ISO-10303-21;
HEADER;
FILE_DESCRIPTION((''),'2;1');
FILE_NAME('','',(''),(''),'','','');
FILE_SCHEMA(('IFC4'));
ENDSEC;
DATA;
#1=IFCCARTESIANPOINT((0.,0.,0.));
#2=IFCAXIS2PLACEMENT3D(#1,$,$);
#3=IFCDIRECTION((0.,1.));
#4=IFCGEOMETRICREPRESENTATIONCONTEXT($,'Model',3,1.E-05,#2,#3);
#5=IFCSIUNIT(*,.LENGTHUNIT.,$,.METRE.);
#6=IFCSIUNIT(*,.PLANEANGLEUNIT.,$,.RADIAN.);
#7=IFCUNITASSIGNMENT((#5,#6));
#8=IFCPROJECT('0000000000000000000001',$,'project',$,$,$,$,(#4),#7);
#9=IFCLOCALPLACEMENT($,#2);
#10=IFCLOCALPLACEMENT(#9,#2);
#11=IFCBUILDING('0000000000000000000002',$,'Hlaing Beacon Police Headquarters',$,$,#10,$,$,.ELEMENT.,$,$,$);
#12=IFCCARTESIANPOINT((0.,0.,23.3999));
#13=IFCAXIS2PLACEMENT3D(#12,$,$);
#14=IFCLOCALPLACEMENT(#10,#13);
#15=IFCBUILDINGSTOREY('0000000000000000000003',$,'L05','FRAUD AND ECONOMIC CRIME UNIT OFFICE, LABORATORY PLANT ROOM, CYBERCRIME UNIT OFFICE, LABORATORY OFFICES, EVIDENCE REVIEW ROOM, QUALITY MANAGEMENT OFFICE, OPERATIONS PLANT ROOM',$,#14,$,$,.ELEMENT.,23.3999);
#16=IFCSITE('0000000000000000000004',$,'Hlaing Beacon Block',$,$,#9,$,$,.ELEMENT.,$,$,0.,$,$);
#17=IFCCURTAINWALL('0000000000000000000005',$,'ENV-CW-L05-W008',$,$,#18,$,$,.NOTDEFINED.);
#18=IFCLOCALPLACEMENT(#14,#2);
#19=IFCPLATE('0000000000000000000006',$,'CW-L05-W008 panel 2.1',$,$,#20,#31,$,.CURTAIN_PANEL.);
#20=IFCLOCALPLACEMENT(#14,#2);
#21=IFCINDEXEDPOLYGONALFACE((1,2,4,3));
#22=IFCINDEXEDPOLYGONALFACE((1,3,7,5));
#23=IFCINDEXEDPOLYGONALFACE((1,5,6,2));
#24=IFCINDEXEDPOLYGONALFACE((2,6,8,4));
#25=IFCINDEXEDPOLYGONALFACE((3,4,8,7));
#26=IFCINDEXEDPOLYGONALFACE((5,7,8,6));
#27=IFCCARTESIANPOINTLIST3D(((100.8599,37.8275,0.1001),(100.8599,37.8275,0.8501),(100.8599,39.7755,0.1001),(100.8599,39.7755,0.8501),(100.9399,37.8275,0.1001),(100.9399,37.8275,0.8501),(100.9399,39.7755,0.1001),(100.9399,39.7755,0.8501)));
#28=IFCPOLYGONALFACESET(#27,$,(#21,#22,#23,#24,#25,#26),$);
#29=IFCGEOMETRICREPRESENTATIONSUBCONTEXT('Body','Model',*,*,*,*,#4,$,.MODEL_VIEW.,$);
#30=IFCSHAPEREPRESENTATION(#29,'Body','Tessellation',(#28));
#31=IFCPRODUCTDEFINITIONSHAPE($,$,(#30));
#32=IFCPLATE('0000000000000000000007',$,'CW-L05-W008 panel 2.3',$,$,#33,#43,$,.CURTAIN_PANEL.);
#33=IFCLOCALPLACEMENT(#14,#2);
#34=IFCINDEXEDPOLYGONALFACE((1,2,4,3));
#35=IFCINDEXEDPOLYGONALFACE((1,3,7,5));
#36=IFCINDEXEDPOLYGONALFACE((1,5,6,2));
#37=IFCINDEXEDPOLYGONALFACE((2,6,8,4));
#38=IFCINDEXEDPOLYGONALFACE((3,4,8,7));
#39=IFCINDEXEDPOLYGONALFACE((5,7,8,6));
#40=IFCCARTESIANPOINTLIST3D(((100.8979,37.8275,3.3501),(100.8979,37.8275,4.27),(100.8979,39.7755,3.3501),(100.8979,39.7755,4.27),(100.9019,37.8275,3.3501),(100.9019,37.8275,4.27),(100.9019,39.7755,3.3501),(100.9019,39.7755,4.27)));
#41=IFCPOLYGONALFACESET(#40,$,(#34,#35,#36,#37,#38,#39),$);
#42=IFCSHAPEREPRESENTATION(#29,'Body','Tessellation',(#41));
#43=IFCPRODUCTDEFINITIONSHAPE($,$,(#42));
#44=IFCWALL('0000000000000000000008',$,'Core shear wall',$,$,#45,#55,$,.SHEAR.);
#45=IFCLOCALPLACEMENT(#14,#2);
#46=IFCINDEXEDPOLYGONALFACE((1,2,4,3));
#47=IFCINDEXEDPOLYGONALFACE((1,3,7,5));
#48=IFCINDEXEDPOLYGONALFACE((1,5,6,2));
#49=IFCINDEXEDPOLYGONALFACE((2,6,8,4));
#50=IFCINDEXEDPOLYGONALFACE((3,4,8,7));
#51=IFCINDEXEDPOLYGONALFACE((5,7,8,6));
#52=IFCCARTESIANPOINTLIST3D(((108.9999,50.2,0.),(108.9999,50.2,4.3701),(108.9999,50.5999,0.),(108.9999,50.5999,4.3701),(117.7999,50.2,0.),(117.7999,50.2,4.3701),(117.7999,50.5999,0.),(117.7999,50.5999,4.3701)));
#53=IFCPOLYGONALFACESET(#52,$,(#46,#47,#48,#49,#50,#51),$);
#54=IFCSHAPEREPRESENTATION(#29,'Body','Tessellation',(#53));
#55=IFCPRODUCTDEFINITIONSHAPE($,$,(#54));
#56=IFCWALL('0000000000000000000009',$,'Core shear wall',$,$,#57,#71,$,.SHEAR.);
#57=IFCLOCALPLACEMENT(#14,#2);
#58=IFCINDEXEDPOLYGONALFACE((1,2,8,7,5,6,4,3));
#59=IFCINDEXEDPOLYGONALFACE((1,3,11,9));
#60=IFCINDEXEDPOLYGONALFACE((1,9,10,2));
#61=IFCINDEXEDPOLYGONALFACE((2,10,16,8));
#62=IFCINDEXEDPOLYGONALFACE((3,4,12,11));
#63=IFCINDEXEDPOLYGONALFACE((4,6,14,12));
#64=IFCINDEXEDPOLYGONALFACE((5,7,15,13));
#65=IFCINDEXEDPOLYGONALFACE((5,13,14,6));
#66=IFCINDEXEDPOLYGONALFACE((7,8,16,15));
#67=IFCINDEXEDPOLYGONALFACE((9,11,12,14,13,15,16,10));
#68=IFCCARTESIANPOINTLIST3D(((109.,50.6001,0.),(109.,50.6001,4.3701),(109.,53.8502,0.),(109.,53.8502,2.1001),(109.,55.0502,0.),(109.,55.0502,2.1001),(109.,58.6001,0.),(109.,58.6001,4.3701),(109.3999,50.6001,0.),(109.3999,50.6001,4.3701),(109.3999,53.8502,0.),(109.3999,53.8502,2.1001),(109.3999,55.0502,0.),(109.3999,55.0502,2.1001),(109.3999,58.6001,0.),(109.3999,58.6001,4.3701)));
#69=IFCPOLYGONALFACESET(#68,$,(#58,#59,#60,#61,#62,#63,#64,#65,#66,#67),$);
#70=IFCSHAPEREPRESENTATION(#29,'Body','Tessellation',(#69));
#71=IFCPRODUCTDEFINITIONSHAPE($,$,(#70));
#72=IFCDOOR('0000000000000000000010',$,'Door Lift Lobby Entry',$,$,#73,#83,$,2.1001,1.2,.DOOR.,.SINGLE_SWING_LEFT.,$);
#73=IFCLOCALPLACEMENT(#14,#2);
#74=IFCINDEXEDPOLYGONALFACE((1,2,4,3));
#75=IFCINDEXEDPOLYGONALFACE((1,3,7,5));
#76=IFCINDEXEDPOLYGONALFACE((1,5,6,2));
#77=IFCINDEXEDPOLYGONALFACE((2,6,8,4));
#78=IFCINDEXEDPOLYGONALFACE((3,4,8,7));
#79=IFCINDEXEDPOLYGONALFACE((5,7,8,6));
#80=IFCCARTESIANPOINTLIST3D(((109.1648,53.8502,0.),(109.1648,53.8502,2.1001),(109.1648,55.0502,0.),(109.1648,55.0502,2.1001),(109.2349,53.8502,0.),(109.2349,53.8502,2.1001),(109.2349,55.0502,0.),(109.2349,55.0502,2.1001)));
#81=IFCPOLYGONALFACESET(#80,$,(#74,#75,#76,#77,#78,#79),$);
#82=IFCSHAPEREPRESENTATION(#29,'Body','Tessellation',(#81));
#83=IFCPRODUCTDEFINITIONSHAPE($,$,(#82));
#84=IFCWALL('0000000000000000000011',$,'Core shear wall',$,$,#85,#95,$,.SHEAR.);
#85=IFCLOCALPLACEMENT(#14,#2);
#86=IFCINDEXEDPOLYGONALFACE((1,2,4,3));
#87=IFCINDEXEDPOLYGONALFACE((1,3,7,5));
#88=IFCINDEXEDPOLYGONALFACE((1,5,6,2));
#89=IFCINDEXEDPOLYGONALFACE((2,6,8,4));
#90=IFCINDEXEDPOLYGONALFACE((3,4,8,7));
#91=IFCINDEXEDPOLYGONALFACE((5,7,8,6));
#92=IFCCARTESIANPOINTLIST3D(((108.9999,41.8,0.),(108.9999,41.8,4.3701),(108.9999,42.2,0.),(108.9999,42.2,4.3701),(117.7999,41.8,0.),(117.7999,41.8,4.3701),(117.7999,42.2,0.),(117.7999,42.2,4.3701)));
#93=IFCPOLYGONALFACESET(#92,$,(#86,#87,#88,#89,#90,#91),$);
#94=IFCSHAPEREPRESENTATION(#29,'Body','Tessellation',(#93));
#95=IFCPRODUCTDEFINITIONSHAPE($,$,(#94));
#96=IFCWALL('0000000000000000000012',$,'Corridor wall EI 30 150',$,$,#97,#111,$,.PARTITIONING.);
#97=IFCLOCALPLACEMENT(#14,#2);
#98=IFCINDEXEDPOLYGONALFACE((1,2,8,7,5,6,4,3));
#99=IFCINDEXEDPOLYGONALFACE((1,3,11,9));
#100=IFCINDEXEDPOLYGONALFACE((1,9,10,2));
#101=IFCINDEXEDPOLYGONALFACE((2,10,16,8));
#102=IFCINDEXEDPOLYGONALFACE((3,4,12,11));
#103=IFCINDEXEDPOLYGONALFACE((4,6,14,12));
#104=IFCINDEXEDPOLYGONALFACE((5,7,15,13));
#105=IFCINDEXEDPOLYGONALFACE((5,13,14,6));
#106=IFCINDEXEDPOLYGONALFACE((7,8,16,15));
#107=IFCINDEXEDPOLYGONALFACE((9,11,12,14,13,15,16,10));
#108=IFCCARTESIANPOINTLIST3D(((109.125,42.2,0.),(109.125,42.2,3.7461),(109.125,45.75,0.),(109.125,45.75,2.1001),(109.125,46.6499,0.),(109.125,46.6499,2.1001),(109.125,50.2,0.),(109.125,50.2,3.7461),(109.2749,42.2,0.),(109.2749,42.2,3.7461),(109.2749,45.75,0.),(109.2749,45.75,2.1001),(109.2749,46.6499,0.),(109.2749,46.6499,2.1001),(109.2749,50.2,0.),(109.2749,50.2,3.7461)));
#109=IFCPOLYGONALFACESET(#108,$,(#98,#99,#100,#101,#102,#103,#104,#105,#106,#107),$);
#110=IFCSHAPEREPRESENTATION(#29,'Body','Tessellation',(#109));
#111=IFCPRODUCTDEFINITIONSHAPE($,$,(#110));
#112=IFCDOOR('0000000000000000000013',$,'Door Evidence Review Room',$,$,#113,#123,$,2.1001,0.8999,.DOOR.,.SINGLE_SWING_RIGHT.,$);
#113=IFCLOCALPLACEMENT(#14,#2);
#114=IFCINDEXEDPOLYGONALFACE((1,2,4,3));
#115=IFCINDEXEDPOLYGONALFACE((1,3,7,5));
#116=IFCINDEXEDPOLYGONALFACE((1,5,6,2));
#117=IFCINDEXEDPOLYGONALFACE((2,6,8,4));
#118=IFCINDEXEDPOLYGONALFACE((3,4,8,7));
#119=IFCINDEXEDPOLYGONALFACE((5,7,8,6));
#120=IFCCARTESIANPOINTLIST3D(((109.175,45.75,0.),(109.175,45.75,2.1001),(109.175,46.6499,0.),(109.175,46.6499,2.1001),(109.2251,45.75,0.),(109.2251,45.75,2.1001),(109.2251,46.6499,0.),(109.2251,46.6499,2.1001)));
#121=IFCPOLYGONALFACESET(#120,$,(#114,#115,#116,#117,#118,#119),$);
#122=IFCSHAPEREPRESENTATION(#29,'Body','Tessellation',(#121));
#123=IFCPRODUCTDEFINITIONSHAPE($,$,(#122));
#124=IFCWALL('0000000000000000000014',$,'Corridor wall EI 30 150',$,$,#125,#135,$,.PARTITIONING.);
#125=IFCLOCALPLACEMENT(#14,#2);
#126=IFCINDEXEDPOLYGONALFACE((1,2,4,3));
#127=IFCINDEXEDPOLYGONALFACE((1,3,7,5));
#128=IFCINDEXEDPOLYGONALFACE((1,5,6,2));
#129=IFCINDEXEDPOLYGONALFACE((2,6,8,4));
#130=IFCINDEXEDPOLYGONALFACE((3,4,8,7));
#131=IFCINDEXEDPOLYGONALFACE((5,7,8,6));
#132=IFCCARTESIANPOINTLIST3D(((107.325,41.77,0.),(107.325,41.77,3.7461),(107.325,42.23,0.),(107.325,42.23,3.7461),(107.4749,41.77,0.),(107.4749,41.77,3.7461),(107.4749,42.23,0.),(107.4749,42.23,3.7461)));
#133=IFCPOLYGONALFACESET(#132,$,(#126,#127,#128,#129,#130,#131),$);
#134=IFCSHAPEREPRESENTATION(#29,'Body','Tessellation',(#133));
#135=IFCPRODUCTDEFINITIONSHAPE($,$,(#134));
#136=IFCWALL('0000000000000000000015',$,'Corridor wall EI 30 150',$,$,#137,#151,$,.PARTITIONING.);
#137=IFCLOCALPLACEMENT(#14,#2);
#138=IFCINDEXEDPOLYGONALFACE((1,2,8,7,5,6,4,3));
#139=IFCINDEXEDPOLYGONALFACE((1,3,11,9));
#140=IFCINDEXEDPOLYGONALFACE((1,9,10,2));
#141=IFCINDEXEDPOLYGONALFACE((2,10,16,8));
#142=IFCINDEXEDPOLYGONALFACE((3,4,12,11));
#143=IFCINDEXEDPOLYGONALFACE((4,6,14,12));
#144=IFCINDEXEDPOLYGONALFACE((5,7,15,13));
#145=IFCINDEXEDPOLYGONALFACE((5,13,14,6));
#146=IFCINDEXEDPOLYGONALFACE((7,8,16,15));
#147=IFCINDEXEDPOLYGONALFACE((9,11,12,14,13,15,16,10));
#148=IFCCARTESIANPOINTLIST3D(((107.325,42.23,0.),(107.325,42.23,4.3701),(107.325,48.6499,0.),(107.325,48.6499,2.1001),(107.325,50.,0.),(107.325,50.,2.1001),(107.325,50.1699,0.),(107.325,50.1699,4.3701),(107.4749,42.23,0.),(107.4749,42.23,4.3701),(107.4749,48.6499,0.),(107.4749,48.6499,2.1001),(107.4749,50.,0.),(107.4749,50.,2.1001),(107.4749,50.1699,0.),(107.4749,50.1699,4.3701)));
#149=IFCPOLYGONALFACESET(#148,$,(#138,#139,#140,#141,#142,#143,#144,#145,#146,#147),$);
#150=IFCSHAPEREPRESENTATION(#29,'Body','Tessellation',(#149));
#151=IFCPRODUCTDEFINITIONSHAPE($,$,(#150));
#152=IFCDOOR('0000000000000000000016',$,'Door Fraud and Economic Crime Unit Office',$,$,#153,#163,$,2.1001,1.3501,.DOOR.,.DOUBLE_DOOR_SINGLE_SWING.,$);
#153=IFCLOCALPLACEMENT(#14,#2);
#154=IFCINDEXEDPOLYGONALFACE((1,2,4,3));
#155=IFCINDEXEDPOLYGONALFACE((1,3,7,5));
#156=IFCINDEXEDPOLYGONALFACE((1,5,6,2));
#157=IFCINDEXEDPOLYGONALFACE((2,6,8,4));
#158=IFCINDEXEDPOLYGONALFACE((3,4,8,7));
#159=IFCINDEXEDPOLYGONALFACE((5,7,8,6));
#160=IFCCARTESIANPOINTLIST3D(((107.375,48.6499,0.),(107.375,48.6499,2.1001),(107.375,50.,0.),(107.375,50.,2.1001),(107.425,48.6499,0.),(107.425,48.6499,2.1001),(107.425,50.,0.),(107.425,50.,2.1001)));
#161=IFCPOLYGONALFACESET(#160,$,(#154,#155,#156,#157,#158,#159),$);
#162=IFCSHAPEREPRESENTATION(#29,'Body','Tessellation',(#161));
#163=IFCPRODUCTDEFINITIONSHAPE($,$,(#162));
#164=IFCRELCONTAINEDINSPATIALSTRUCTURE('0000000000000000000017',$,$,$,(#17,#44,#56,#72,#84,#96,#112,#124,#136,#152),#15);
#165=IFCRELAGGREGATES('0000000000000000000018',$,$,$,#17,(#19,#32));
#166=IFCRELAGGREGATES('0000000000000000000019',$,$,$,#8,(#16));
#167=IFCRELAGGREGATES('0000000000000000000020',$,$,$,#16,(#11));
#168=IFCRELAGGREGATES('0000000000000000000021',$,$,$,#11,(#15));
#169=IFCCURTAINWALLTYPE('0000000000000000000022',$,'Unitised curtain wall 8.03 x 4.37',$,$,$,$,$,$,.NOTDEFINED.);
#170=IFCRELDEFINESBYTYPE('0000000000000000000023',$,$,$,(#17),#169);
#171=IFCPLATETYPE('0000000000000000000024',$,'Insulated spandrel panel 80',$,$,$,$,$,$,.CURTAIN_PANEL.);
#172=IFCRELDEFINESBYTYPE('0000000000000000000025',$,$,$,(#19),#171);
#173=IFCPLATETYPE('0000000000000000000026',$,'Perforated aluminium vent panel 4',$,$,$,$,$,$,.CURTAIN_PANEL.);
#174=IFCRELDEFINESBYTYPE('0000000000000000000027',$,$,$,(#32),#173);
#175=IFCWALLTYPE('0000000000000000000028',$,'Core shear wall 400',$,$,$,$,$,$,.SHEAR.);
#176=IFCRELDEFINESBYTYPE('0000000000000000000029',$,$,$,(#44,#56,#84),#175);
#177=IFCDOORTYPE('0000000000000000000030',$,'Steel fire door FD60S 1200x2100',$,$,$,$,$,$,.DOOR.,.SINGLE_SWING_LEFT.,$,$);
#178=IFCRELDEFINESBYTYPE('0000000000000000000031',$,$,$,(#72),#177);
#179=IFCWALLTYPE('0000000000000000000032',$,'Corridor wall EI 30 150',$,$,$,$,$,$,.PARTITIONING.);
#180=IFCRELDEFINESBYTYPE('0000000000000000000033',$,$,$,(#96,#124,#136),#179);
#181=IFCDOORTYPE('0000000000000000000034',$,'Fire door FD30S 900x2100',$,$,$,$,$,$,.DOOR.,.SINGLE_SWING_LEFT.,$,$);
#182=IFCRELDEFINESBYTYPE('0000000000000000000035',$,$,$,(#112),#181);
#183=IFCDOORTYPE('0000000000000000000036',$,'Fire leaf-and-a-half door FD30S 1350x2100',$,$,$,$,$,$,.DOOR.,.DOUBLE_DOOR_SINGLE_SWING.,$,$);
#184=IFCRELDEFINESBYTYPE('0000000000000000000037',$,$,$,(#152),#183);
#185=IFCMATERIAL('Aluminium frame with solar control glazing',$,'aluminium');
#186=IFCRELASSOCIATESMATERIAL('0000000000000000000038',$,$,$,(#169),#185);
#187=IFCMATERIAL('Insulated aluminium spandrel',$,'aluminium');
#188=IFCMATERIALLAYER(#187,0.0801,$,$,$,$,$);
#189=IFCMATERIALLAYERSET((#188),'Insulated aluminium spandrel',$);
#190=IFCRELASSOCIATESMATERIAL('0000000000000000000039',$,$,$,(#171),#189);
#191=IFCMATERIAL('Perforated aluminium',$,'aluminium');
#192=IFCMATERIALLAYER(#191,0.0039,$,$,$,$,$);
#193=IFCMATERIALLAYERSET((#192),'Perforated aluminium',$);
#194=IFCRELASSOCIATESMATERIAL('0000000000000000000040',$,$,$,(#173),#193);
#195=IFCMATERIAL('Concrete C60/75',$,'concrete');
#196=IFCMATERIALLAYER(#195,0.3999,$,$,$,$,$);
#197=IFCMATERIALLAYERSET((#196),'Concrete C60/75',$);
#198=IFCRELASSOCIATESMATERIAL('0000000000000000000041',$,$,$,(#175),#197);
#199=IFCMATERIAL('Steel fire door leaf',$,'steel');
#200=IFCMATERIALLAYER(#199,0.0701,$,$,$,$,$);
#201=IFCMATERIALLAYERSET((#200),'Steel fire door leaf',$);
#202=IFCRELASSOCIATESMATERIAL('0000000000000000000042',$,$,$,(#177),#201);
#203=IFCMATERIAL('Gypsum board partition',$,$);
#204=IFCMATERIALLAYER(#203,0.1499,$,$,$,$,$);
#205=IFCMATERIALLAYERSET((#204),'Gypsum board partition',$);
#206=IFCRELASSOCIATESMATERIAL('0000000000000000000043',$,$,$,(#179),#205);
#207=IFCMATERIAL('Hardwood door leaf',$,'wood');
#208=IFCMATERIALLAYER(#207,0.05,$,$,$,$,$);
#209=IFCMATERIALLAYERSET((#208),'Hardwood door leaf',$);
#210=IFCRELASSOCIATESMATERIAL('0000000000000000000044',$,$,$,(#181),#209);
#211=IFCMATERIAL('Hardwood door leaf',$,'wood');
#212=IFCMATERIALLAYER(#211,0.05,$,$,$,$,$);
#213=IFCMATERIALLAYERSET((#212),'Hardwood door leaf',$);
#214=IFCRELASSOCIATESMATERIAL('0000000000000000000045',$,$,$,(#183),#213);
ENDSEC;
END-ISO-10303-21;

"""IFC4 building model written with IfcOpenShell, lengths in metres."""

from ifc_helpers import new_model, si_unit, direction, frame, frame_2d, origin, origin_2d, place, context, subcontext, project, spatial, rectangle, extrude, material, layer, layer_set, type_object, element, fill, aggregate, save


model = new_model("IFC4")

# Units and contexts
model_context = context("Model", 3, precision=1e-05, world=origin(), true_north=direction((0.0, 1.0)))
body_context = subcontext(model_context, "Body", "Model", "MODEL_VIEW")
ifc_project = project(units=[si_unit("LENGTHUNIT", "METRE"), si_unit("PLANEANGLEUNIT", "RADIAN")], contexts=[model_context])

# Site, building, storey
site_placement = place(None, origin())
site = spatial("IfcSite", under=ifc_project, at=site_placement, Name="Hlaing Beacon Block", CompositionType="ELEMENT", RefElevation=0.0)
building_placement = place(site_placement, origin())
building = spatial("IfcBuilding", under=site, at=building_placement, Name="Hlaing Beacon Police Headquarters", CompositionType="ELEMENT")
storey_placement = place(building_placement, frame((0.0, 0.0, 23.3999)))
storey = spatial("IfcBuildingStorey", under=building, at=storey_placement, Name="L05", Description="FRAUD AND ECONOMIC CRIME UNIT OFFICE, LABORATORY PLANT ROOM, CYBERCRIME UNIT OFFICE, LABORATORY OFFICES, EVIDENCE REVIEW ROOM, QUALITY MANAGEMENT OFFICE, OPERATIONS PLANT ROOM", CompositionType="ELEMENT", Elevation=23.3999)

# Curtain wall, plates
ifc_material_1 = material(Name="Aluminium frame with solar control glazing", Category="aluminium")
curtain_wall_type = type_object("IfcCurtainWallType", Name="Unitised curtain wall 8.03 x 4.37", PredefinedType="NOTDEFINED", material=ifc_material_1)
curtain_wall_placement = place(storey_placement, origin())
curtain_wall = element("IfcCurtainWall", 1, at=curtain_wall_placement, inside=storey, type_object=curtain_wall_type, Name="ENV-CW-L05-W008", PredefinedType="NOTDEFINED")
ifc_material_2 = material(Name="Insulated aluminium spandrel", Category="aluminium")
ifc_layer_1 = layer(ifc_material_2, 0.0801)
ifc_layer_set_1 = layer_set([ifc_layer_1], Name="Insulated aluminium spandrel")
plate_type_1 = type_object("IfcPlateType", Name="Insulated spandrel panel 80", PredefinedType="CURTAIN_PANEL", material=ifc_layer_set_1)
plate_1_placement = place(storey_placement, frame((100.8999, 38.8015, 0.1001), z_axis=(0.0, 0.0, 1.0), x_axis=(0.0, -1.0, 0.0)))
plate_1 = element("IfcPlate", 2, at=plate_1_placement, type_object=plate_type_1, Name="CW-L05-W008 panel 2.1", PredefinedType="CURTAIN_PANEL", context=body_context, shape_type="SweptSolid", body=[
    extrude(rectangle(XDim=1.948, YDim=0.0801, at=origin_2d()), origin(), (0.0, 0.0, 1.0), 0.75),
])
ifc_material_3 = material(Name="Perforated aluminium", Category="aluminium")
ifc_layer_2 = layer(ifc_material_3, 0.0039)
ifc_layer_set_2 = layer_set([ifc_layer_2], Name="Perforated aluminium")
plate_type_2 = type_object("IfcPlateType", Name="Perforated aluminium vent panel 4", PredefinedType="CURTAIN_PANEL", material=ifc_layer_set_2)
plate_2_placement = place(storey_placement, frame((100.8999, 38.8015, 3.3501), z_axis=(0.0, 0.0, 1.0), x_axis=(0.0, -1.0, 0.0)))
plate_2 = element("IfcPlate", 3, at=plate_2_placement, type_object=plate_type_2, Name="CW-L05-W008 panel 2.3", PredefinedType="CURTAIN_PANEL", context=body_context, shape_type="SweptSolid", body=[
    extrude(rectangle(XDim=1.948, YDim=0.0039, at=origin_2d()), origin(), (0.0, 0.0, 1.0), 0.9199),
])
aggregate(curtain_wall, [plate_1, plate_2])

# Wall
ifc_material_4 = material(Name="Concrete C60/75", Category="concrete")
ifc_layer_3 = layer(ifc_material_4, 0.3999)
ifc_layer_set_3 = layer_set([ifc_layer_3], Name="Concrete C60/75")
wall_type_1 = type_object("IfcWallType", Name="Core shear wall 400", PredefinedType="SHEAR", material=ifc_layer_set_3)
wall_1_placement = place(storey_placement, frame((109.0, 50.3999, 0.0), z_axis=(0.0, 0.0, 1.0), x_axis=(1.0, 0.0, 0.0)))
element("IfcWall", 4, at=wall_1_placement, inside=storey, type_object=wall_type_1, Name="Core shear wall", PredefinedType="SHEAR", context=body_context, shape_type="SweptSolid", body=[
    extrude(rectangle(XDim=8.8, YDim=0.3999, at=frame_2d((4.3999, 0.0))), origin(), (0.0, 0.0, 1.0), 4.3701),
])

# Wall, opening, door
wall_2_placement = place(storey_placement, frame((109.2, 50.6001, 0.0), z_axis=(0.0, 0.0, 1.0), x_axis=(0.0, 1.0, 0.0)))
wall_2 = element("IfcWall", 5, at=wall_2_placement, inside=storey, type_object=wall_type_1, Name="Core shear wall", PredefinedType="SHEAR", context=body_context, shape_type="SweptSolid", body=[
    extrude(rectangle(XDim=8.0, YDim=0.3999, at=frame_2d((4.0, 0.0))), origin(), (0.0, 0.0, 1.0), 4.3701),
])
opening_1_placement = place(wall_2_placement, frame((3.25, 0.0, 0.0)))
opening_1 = element("IfcOpeningElement", 6, at=opening_1_placement, cuts=wall_2, PredefinedType="OPENING", context=body_context, shape_type="SweptSolid", body=[
    extrude(rectangle(XDim=1.2, YDim=2.1001, at=frame_2d((0.6001, 1.05))), frame((0.0, 0.21, 0.0), z_axis=(0.0, -1.0, 0.0), x_axis=(1.0, 0.0, 0.0)), (0.0, 0.0, 1.0), 0.4199),
])
ifc_material_5 = material(Name="Steel fire door leaf", Category="steel")
ifc_layer_4 = layer(ifc_material_5, 0.0701)
ifc_layer_set_4 = layer_set([ifc_layer_4], Name="Steel fire door leaf")
door_type_1 = type_object("IfcDoorType", Name="Steel fire door FD60S 1200x2100", OperationType="SINGLE_SWING_LEFT", PredefinedType="DOOR", material=ifc_layer_set_4)
door_1_placement = place(opening_1_placement, frame((1.2, 0.0, 0.0), z_axis=(0.0, 0.0, 1.0), x_axis=(-1.0, 0.0, 0.0)))
door_1 = element("IfcDoor", 7, at=door_1_placement, inside=storey, type_object=door_type_1, Name="Door Lift Lobby Entry", OperationType="SINGLE_SWING_LEFT", OverallHeight=2.1001, OverallWidth=1.2, PredefinedType="DOOR", context=body_context, shape_type="SweptSolid", body=[
    extrude(rectangle(XDim=1.2, YDim=2.1001, at=frame_2d((0.5999, 1.05))), frame((0.0, 0.0349, 0.0), z_axis=(0.0, -1.0, 0.0), x_axis=(1.0, 0.0, 0.0)), (0.0, 0.0, 1.0), 0.0701),
])
fill(opening_1, door_1)

# Wall
wall_3_placement = place(storey_placement, frame((109.0, 42.0, 0.0), z_axis=(0.0, 0.0, 1.0), x_axis=(1.0, 0.0, 0.0)))
element("IfcWall", 8, at=wall_3_placement, inside=storey, type_object=wall_type_1, Name="Core shear wall", PredefinedType="SHEAR", context=body_context, shape_type="SweptSolid", body=[
    extrude(rectangle(XDim=8.8, YDim=0.3999, at=frame_2d((4.3999, 0.0))), origin(), (0.0, 0.0, 1.0), 4.3701),
])

# Wall, opening, door
ifc_material_6 = material(Name="Gypsum board partition")
ifc_layer_5 = layer(ifc_material_6, 0.1499)
ifc_layer_set_5 = layer_set([ifc_layer_5], Name="Gypsum board partition")
wall_type_2 = type_object("IfcWallType", Name="Corridor wall EI 30 150", PredefinedType="PARTITIONING", material=ifc_layer_set_5)
wall_4_placement = place(storey_placement, frame((109.2, 42.2, 0.0), z_axis=(0.0, 0.0, 1.0), x_axis=(0.0, 1.0, 0.0)))
wall_4 = element("IfcWall", 9, at=wall_4_placement, inside=storey, type_object=wall_type_2, Name="Corridor wall EI 30 150", PredefinedType="PARTITIONING", context=body_context, shape_type="SweptSolid", body=[
    extrude(rectangle(XDim=8.0, YDim=0.1499, at=frame_2d((4.0, 0.0))), origin(), (0.0, 0.0, 1.0), 3.7461),
])
opening_2_placement = place(wall_4_placement, frame((3.55, 0.0, 0.0)))
opening_2 = element("IfcOpeningElement", 10, at=opening_2_placement, cuts=wall_4, PredefinedType="OPENING", context=body_context, shape_type="SweptSolid", body=[
    extrude(rectangle(XDim=0.8999, YDim=2.1001, at=frame_2d((0.45, 1.05))), frame((0.0, 0.085, 0.0), z_axis=(0.0, -1.0, 0.0), x_axis=(1.0, 0.0, 0.0)), (0.0, 0.0, 1.0), 0.1699),
])
ifc_material_7 = material(Name="Hardwood door leaf", Category="wood")
ifc_layer_6 = layer(ifc_material_7, 0.05)
ifc_layer_set_6 = layer_set([ifc_layer_6], Name="Hardwood door leaf")
door_type_2 = type_object("IfcDoorType", Name="Fire door FD30S 900x2100", OperationType="SINGLE_SWING_LEFT", PredefinedType="DOOR", material=ifc_layer_set_6)
door_2_placement = place(opening_2_placement, frame((0.8999, 0.0, 0.0), z_axis=(0.0, 0.0, 1.0), x_axis=(-1.0, 0.0, 0.0)))
door_2 = element("IfcDoor", 11, at=door_2_placement, inside=storey, type_object=door_type_2, Name="Door Evidence Review Room", OperationType="SINGLE_SWING_RIGHT", OverallHeight=2.1001, OverallWidth=0.8999, PredefinedType="DOOR", context=body_context, shape_type="SweptSolid", body=[
    extrude(rectangle(XDim=0.8999, YDim=2.1001, at=frame_2d((0.45, 1.05))), frame((0.0, 0.0251, 0.0), z_axis=(0.0, -1.0, 0.0), x_axis=(1.0, 0.0, 0.0)), (0.0, 0.0, 1.0), 0.05),
])
fill(opening_2, door_2)

# Wall
wall_5_placement = place(storey_placement, frame((107.3999, 41.77, 0.0), z_axis=(0.0, 0.0, 1.0), x_axis=(0.0, 1.0, 0.0)))
element("IfcWall", 12, at=wall_5_placement, inside=storey, type_object=wall_type_2, Name="Corridor wall EI 30 150", PredefinedType="PARTITIONING", context=body_context, shape_type="SweptSolid", body=[
    extrude(rectangle(XDim=0.46, YDim=0.1499, at=frame_2d((0.23, 0.0))), origin(), (0.0, 0.0, 1.0), 3.7461),
])

# Wall, opening, door
wall_6_placement = place(storey_placement, frame((107.3999, 42.23, 0.0), z_axis=(0.0, 0.0, 1.0), x_axis=(0.0, 1.0, 0.0)))
wall_6 = element("IfcWall", 13, at=wall_6_placement, inside=storey, type_object=wall_type_2, Name="Corridor wall EI 30 150", PredefinedType="PARTITIONING", context=body_context, shape_type="SweptSolid", body=[
    extrude(rectangle(XDim=7.9399, YDim=0.1499, at=frame_2d((3.97, 0.0))), origin(), (0.0, 0.0, 1.0), 4.3701),
])
opening_3_placement = place(wall_6_placement, frame((6.4199, 0.0, 0.0)))
opening_3 = element("IfcOpeningElement", 14, at=opening_3_placement, cuts=wall_6, PredefinedType="OPENING", context=body_context, shape_type="SweptSolid", body=[
    extrude(rectangle(XDim=1.3501, YDim=2.1001, at=frame_2d((0.675, 1.05))), frame((0.0, 0.085, 0.0), z_axis=(0.0, -1.0, 0.0), x_axis=(1.0, 0.0, 0.0)), (0.0, 0.0, 1.0), 0.1699),
])
ifc_material_8 = material(Name="Hardwood door leaf", Category="wood")
ifc_layer_7 = layer(ifc_material_8, 0.05)
ifc_layer_set_7 = layer_set([ifc_layer_7], Name="Hardwood door leaf")
door_type_3 = type_object("IfcDoorType", Name="Fire leaf-and-a-half door FD30S 1350x2100", OperationType="DOUBLE_DOOR_SINGLE_SWING", PredefinedType="DOOR", material=ifc_layer_set_7)
door_3_placement = place(opening_3_placement, origin())
door_3 = element("IfcDoor", 15, at=door_3_placement, inside=storey, type_object=door_type_3, Name="Door Fraud and Economic Crime Unit Office", OperationType="DOUBLE_DOOR_SINGLE_SWING", OverallHeight=2.1001, OverallWidth=1.3501, PredefinedType="DOOR", context=body_context, shape_type="SweptSolid", body=[
    extrude(rectangle(XDim=1.3501, YDim=2.1001, at=frame_2d((0.675, 1.05))), frame((0.0, 0.0249, 0.0), z_axis=(0.0, -1.0, 0.0), x_axis=(1.0, 0.0, 0.0)), (0.0, 0.0, 1.0), 0.05),
])
fill(opening_3, door_3)

save(model, "model.ifc")
